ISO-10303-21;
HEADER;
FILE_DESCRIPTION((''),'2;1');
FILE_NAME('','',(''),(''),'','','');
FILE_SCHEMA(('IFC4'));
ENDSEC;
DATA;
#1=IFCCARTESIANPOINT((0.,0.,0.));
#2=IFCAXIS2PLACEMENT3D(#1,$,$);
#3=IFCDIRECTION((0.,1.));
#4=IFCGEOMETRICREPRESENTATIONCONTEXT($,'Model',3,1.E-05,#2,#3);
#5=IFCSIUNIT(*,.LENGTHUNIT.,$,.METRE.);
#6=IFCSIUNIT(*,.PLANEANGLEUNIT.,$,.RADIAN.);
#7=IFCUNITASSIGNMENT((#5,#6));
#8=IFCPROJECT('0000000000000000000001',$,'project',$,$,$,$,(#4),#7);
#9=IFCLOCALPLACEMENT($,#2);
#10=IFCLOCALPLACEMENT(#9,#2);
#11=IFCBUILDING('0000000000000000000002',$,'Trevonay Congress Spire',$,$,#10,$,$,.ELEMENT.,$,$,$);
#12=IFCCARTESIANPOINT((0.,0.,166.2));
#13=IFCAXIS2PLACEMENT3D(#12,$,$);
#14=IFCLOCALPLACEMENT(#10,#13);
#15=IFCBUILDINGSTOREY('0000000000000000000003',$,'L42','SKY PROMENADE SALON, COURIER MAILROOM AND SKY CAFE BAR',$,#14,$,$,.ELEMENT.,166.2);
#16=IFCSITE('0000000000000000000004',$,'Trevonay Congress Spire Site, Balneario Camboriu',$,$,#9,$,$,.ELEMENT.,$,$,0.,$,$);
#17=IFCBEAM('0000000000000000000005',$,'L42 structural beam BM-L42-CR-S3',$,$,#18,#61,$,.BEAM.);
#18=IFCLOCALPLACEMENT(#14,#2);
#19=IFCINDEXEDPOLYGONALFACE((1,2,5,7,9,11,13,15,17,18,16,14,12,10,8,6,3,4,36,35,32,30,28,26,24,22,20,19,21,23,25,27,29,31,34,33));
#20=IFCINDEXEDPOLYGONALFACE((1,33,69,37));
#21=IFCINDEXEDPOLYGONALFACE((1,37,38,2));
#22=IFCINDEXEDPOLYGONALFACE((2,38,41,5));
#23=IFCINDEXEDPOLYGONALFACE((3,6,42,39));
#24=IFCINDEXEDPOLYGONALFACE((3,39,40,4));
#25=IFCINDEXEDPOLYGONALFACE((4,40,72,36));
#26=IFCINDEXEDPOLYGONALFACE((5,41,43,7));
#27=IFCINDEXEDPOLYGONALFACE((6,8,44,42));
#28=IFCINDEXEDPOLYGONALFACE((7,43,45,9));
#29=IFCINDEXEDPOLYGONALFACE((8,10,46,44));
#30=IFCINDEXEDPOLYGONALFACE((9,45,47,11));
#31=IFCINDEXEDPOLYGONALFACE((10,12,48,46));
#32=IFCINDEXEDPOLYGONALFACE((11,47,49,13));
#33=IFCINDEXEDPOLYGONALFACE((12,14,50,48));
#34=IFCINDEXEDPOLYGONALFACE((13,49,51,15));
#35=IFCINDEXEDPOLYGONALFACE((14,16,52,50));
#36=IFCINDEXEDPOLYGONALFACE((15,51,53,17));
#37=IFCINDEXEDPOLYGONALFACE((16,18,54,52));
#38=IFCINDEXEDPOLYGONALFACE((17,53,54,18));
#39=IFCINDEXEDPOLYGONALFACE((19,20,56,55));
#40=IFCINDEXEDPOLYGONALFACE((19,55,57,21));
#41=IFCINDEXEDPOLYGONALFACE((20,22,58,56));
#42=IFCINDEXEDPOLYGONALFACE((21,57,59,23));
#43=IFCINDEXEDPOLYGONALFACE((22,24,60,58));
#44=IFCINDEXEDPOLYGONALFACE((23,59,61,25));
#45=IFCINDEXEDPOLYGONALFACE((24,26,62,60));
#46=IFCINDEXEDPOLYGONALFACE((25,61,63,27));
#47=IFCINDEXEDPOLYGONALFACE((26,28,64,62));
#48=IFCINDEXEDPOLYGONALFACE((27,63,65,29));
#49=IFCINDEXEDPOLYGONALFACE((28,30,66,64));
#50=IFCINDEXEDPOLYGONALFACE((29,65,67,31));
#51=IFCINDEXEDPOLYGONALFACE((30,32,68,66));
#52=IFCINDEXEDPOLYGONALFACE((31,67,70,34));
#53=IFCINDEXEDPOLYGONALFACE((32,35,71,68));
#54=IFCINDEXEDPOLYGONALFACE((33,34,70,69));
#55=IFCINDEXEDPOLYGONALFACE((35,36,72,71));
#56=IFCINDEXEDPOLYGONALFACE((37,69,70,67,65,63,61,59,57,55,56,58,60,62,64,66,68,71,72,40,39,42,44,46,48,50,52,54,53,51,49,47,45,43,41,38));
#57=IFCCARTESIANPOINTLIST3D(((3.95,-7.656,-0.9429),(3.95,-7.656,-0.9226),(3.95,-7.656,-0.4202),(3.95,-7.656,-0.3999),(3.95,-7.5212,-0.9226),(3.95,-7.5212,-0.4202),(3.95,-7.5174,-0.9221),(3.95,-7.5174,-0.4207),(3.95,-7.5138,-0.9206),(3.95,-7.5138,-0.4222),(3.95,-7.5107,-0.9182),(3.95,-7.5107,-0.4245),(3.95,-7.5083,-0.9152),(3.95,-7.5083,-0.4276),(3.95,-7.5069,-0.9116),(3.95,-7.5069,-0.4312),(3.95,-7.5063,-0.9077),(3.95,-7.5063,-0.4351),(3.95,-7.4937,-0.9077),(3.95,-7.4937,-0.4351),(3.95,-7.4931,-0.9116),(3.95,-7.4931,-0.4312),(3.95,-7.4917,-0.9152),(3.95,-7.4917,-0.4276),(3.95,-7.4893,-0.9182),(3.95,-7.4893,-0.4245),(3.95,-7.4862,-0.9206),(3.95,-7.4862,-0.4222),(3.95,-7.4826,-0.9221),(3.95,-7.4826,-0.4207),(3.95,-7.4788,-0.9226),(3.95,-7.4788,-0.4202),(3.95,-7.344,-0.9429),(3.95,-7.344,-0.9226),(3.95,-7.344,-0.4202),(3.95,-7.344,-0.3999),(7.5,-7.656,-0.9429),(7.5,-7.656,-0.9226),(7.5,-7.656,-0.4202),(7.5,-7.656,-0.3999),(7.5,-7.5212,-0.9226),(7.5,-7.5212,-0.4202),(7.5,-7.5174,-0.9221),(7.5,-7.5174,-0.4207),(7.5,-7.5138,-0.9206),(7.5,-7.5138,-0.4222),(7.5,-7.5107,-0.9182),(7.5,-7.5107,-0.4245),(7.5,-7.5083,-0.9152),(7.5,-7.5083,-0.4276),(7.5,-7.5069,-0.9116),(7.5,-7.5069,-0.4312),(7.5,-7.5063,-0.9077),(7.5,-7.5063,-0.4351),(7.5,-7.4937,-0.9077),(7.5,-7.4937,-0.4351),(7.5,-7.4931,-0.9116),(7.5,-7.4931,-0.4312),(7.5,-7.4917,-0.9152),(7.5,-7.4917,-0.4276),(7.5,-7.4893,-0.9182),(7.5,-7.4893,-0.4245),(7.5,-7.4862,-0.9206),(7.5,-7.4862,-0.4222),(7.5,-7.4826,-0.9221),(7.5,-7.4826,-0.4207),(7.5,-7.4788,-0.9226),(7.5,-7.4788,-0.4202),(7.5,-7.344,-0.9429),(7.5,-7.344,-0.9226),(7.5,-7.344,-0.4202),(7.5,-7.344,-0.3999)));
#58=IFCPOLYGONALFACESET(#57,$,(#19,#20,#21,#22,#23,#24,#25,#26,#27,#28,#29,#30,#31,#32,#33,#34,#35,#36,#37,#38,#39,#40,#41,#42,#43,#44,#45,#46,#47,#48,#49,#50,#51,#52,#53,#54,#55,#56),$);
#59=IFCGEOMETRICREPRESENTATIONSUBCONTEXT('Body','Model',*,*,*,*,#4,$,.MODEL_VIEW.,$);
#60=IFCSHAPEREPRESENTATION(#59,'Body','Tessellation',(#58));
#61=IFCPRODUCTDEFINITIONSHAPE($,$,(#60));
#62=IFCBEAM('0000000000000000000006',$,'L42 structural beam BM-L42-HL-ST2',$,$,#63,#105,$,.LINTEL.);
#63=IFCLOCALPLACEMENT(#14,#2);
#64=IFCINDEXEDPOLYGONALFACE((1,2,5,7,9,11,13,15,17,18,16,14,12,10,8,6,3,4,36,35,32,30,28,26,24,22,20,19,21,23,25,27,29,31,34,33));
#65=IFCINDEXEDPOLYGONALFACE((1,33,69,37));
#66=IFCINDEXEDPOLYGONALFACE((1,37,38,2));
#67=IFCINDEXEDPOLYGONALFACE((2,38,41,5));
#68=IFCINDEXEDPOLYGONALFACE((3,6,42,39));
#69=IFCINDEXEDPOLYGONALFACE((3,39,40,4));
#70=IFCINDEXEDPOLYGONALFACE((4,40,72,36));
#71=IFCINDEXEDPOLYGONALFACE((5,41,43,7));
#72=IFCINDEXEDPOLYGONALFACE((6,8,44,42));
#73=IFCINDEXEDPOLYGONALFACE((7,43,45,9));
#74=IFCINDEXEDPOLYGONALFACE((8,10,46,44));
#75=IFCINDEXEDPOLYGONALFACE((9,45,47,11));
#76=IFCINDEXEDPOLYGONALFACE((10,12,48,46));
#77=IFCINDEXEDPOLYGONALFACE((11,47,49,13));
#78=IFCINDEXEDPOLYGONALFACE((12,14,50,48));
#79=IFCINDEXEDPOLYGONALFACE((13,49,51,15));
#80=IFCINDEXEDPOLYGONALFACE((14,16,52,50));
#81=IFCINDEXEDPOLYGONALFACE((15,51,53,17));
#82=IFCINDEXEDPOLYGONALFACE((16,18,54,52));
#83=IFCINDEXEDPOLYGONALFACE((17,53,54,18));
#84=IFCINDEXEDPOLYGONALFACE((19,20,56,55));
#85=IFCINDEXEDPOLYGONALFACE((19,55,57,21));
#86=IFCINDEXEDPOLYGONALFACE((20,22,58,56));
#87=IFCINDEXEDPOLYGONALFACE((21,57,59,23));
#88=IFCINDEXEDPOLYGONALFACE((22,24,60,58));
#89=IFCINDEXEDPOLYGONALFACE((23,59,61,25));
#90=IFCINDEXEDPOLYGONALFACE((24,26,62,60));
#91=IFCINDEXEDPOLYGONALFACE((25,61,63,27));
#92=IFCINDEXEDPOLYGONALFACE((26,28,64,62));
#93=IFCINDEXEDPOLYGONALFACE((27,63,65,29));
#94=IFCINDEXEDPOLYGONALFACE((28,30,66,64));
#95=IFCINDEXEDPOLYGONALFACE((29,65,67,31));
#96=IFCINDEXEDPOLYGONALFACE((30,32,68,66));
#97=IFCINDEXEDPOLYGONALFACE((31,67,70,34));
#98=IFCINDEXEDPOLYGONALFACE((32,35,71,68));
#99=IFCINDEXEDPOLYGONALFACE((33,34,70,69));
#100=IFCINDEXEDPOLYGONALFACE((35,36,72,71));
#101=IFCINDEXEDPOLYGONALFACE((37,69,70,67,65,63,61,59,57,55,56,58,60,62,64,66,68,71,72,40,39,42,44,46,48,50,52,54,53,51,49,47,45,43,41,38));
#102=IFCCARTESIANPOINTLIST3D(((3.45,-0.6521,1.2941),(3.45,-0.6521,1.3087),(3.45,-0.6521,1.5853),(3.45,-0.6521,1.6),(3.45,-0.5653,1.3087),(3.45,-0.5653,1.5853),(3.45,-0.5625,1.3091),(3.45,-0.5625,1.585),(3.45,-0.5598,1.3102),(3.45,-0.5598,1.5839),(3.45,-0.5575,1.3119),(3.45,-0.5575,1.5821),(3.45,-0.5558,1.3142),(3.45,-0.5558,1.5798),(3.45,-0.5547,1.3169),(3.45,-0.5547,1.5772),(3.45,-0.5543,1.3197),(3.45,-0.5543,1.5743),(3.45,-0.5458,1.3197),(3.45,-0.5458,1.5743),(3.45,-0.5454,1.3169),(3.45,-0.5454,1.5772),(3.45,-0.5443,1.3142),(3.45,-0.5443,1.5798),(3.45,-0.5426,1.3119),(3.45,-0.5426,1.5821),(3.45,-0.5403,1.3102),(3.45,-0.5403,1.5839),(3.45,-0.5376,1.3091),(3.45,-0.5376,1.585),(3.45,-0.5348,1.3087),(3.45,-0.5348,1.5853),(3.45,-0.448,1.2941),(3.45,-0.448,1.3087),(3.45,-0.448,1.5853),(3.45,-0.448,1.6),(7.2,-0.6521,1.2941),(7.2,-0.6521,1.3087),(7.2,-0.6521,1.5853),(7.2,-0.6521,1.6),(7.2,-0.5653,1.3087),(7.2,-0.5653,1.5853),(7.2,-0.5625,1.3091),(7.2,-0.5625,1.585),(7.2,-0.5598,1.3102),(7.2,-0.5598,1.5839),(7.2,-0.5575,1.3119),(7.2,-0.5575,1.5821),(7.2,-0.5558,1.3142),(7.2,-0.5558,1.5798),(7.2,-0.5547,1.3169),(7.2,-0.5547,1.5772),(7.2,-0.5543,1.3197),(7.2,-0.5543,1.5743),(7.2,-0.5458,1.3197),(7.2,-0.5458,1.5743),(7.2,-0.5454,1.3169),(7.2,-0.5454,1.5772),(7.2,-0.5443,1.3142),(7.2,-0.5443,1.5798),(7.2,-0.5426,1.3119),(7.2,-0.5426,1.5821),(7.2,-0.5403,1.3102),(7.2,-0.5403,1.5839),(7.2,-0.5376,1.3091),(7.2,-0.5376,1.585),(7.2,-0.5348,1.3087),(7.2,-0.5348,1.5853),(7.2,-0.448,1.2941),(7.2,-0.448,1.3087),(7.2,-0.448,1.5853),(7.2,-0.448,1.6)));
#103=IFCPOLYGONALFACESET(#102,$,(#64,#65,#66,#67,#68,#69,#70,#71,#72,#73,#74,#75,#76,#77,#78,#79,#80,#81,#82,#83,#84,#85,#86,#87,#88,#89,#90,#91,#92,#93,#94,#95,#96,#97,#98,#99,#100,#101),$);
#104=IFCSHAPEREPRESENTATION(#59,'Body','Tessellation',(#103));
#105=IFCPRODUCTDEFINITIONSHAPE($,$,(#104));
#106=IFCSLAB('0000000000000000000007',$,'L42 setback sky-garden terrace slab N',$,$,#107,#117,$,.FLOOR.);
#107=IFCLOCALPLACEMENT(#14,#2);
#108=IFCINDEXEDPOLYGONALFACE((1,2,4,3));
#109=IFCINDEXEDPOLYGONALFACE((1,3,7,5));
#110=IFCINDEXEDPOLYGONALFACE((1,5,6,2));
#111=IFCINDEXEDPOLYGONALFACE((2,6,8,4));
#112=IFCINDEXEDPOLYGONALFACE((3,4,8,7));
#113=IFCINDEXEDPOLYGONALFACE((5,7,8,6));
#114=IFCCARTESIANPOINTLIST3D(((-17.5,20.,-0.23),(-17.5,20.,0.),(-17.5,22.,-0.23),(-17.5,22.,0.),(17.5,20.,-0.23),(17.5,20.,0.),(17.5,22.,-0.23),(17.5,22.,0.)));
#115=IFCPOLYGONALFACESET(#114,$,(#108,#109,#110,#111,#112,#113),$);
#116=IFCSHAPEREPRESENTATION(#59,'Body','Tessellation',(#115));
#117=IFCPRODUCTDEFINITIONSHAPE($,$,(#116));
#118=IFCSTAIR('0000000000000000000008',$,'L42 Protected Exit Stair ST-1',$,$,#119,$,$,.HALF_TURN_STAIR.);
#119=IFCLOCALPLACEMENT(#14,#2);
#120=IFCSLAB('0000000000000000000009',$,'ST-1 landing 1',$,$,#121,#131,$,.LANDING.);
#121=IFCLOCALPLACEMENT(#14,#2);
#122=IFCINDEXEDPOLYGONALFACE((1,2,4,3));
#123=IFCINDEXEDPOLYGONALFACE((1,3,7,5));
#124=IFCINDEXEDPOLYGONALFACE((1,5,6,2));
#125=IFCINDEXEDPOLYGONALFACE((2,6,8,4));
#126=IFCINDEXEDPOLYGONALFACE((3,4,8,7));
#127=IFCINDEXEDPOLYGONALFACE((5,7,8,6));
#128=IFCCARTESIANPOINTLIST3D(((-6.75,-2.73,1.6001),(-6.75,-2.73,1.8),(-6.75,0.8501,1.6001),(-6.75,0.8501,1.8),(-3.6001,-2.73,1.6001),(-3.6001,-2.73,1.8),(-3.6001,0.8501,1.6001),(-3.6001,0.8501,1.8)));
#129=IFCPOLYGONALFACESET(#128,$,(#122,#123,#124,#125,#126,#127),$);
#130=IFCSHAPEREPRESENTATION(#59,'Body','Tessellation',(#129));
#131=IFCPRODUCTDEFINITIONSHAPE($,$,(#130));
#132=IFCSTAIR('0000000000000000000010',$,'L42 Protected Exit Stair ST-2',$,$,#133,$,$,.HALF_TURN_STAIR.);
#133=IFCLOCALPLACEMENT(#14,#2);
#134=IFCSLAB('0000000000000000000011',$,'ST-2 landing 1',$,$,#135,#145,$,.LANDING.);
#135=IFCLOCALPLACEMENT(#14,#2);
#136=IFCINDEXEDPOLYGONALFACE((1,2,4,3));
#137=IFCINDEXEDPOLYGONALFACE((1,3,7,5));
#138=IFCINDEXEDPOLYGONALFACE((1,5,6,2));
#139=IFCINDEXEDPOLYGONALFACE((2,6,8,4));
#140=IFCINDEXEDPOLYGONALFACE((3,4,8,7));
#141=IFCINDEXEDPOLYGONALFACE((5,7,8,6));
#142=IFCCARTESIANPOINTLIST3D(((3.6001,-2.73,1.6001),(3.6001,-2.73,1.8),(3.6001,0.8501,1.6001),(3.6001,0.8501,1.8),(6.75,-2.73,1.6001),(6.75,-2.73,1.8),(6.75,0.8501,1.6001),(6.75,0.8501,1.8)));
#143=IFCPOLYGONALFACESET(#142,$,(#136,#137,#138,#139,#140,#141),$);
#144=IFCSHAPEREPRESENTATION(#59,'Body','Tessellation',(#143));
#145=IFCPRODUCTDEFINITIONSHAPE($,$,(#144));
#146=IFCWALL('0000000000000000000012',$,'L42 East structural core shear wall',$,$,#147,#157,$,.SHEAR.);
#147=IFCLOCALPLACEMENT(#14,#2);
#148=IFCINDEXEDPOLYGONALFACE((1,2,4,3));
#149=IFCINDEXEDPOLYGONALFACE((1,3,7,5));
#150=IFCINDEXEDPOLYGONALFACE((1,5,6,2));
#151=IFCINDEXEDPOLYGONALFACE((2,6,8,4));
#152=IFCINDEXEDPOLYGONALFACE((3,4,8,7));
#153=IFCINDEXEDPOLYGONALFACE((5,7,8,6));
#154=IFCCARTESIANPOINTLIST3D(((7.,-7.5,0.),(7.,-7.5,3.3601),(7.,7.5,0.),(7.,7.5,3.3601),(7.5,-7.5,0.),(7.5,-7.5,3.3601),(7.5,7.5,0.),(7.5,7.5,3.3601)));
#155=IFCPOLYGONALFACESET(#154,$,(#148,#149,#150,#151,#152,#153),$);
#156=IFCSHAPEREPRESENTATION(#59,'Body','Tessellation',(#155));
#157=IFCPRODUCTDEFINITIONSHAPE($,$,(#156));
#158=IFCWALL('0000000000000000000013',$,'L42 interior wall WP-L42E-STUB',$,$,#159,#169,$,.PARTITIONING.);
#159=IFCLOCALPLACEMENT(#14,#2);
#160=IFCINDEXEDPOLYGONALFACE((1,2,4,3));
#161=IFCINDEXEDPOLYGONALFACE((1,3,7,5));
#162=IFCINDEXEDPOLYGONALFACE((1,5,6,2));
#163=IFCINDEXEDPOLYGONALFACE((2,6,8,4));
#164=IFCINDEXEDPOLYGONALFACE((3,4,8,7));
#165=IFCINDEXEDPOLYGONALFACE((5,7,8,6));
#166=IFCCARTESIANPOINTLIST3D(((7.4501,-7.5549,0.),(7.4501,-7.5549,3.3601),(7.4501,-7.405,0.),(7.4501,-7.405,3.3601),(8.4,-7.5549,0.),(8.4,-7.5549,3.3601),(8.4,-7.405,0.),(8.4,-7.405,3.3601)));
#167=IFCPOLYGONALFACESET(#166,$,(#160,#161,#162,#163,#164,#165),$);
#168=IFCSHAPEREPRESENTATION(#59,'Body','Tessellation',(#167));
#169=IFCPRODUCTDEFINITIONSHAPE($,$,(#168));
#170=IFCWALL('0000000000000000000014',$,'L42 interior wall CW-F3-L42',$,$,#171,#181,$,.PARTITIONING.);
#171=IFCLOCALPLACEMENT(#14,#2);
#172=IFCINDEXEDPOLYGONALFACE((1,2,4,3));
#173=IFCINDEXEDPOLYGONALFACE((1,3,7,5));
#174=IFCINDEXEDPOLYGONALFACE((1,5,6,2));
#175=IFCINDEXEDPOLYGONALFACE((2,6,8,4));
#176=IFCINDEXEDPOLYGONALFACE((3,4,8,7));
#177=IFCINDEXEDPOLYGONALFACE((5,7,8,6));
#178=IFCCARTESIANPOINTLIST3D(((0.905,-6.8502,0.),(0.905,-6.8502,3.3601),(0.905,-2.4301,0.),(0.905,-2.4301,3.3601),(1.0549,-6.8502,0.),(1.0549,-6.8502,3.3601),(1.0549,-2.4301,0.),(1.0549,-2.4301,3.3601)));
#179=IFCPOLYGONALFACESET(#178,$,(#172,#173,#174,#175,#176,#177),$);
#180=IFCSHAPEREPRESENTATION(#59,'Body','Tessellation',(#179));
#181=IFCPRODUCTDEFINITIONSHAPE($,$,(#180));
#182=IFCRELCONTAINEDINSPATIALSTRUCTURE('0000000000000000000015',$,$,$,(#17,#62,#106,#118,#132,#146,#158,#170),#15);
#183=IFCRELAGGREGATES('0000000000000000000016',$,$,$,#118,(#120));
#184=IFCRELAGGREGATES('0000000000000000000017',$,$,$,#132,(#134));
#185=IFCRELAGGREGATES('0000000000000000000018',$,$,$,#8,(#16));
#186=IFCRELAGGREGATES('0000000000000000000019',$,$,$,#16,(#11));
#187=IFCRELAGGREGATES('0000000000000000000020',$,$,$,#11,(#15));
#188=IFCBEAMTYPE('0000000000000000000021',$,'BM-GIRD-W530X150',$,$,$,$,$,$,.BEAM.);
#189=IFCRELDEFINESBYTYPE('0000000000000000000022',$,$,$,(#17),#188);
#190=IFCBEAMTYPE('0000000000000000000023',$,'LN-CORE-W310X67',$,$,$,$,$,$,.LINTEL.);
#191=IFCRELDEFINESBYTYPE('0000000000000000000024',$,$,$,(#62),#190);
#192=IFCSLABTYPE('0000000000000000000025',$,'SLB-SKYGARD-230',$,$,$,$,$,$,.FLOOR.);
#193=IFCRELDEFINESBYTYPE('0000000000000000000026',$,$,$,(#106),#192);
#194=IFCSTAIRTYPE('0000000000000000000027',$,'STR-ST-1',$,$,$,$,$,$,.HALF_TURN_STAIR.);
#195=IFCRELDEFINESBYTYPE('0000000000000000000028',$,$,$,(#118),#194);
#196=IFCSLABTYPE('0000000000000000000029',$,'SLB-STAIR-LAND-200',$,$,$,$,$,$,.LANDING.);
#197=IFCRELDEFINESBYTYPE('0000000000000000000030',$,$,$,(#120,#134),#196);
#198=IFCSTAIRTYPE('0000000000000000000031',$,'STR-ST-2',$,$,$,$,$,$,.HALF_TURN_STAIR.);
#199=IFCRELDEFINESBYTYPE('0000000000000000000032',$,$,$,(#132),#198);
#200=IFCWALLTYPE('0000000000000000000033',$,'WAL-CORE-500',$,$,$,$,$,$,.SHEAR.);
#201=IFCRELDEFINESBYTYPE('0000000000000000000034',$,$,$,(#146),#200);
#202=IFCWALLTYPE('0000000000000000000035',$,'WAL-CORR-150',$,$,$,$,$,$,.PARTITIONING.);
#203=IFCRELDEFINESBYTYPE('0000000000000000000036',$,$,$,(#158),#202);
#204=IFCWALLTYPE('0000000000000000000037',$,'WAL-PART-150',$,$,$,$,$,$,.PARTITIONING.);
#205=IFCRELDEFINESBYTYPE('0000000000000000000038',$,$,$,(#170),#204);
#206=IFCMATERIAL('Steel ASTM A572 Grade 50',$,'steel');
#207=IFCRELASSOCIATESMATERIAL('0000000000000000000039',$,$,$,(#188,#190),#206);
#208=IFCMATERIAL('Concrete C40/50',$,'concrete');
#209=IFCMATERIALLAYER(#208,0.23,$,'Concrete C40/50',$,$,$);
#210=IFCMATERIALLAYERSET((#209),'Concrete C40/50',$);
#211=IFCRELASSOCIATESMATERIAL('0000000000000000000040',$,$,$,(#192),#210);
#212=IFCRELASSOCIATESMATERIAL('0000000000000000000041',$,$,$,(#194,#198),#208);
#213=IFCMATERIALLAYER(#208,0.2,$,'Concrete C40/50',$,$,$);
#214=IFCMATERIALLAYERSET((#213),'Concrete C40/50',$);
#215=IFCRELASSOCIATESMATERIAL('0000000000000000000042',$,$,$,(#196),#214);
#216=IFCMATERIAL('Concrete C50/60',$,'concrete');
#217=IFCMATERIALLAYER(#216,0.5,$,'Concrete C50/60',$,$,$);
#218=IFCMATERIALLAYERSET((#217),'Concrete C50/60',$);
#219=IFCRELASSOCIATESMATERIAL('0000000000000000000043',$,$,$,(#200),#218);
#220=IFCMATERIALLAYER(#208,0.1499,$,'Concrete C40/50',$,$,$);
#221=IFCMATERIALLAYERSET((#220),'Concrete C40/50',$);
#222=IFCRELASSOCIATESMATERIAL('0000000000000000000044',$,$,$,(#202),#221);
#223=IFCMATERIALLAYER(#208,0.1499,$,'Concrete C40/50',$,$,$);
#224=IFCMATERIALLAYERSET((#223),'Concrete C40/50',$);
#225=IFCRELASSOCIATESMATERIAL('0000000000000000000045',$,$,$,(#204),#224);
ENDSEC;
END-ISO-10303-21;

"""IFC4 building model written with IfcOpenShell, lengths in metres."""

from ifc_helpers import new_model, si_unit, direction, frame, frame_2d, origin, origin_2d, place, context, subcontext, project, spatial, polyline, rectangle, i_section, outline, extrude, material, layer, layer_set, material_profile, profile_set, type_object, element, aggregate, save


model = new_model("IFC4")

# Units and contexts
model_context = context("Model", 3, precision=1e-05, world=origin(), true_north=direction((0.0, 1.0)))
body_context = subcontext(model_context, "Body", "Model", "MODEL_VIEW")
ifc_project = project(units=[si_unit("LENGTHUNIT", "METRE"), si_unit("PLANEANGLEUNIT", "RADIAN")], contexts=[model_context])

# Site, building, storey
site_placement = place(None, origin())
site = spatial("IfcSite", under=ifc_project, at=site_placement, Name="Trevonay Congress Spire Site, Balneario Camboriu", CompositionType="ELEMENT", RefElevation=0.0)
building_placement = place(site_placement, origin())
building = spatial("IfcBuilding", under=site, at=building_placement, Name="Trevonay Congress Spire", CompositionType="ELEMENT")
storey_placement = place(building_placement, frame((0.0, 0.0, 166.2)))
storey = spatial("IfcBuildingStorey", under=building, at=storey_placement, Name="L42", Description="SKY PROMENADE SALON, COURIER MAILROOM AND SKY CAFE BAR", CompositionType="ELEMENT", Elevation=166.2)

# Beams
ifc_material_1 = material(Name="Steel ASTM A572 Grade 50", Category="steel")
ifc_material_profile_1 = material_profile(ifc_material_1, i_section(OverallWidth=0.312, OverallDepth=0.543, WebThickness=0.0127, FlangeThickness=0.0203, FilletRadius=0.0149, at=origin_2d()), Name="W530x150")
ifc_profile_set_1 = profile_set([ifc_material_profile_1], Name="Steel ASTM A572 Grade 50")
beam_type_1 = type_object("IfcBeamType", Name="BM-GIRD-W530X150", PredefinedType="BEAM", material=ifc_profile_set_1)
beam_1_placement = place(storey_placement, frame((3.95, -7.5, -0.6714), z_axis=(1.0, 0.0, 0.0), x_axis=(0.0, 1.0, 0.0)))
element("IfcBeam", 1, at=beam_1_placement, inside=storey, type_object=beam_type_1, Name="L42 structural beam BM-L42-CR-S3", PredefinedType="BEAM", context=body_context, shape_type="SweptSolid", body=[
    extrude(i_section(OverallWidth=0.312, OverallDepth=0.543, WebThickness=0.0127, FlangeThickness=0.0203, FilletRadius=0.0149, at=origin_2d()), origin(), (0.0, 0.0, 1.0), 3.55),
])
ifc_material_profile_2 = material_profile(ifc_material_1, i_section(OverallWidth=0.2041, OverallDepth=0.3059, WebThickness=0.0085, FlangeThickness=0.0146, FilletRadius=0.011, at=origin_2d()), Name="W310x67")
ifc_profile_set_2 = profile_set([ifc_material_profile_2], Name="Steel ASTM A572 Grade 50")
beam_type_2 = type_object("IfcBeamType", Name="LN-CORE-W310X67", PredefinedType="LINTEL", material=ifc_profile_set_2)
beam_2_placement = place(storey_placement, frame((3.45, -0.55, 1.447), z_axis=(1.0, 0.0, 0.0), x_axis=(0.0, 1.0, 0.0)))
element("IfcBeam", 2, at=beam_2_placement, inside=storey, type_object=beam_type_2, Name="L42 structural beam BM-L42-HL-ST2", PredefinedType="LINTEL", context=body_context, shape_type="SweptSolid", body=[
    extrude(i_section(OverallWidth=0.2041, OverallDepth=0.3059, WebThickness=0.0085, FlangeThickness=0.0146, FilletRadius=0.011, at=origin_2d()), origin(), (0.0, 0.0, 1.0), 3.75),
])

# Slab
ifc_material_2 = material(Name="Concrete C40/50", Category="concrete")
ifc_layer_1 = layer(ifc_material_2, 0.23, Name="Concrete C40/50")
ifc_layer_set_1 = layer_set([ifc_layer_1], Name="Concrete C40/50")
slab_type_1 = type_object("IfcSlabType", Name="SLB-SKYGARD-230", PredefinedType="FLOOR", material=ifc_layer_set_1)
slab_1_placement = place(storey_placement, frame((0.0, 0.0, -0.23)))
element("IfcSlab", 3, at=slab_1_placement, inside=storey, type_object=slab_type_1, Name="L42 setback sky-garden terrace slab N", PredefinedType="FLOOR", context=body_context, shape_type="SweptSolid", body=[
    extrude(outline(polyline([(-17.5, 20.0), (17.5, 20.0), (17.5, 22.0), (-17.5, 22.0), (-17.5, 20.0)])), origin(), (0.0, 0.0, 1.0), 0.23),
])

# Stairs, slabs
stair_type_1 = type_object("IfcStairType", Name="STR-ST-1", PredefinedType="HALF_TURN_STAIR", material=ifc_material_2)
stair_1_placement = place(storey_placement, origin())
stair_1 = element("IfcStair", 4, at=stair_1_placement, inside=storey, type_object=stair_type_1, Name="L42 Protected Exit Stair ST-1", PredefinedType="HALF_TURN_STAIR")
ifc_layer_2 = layer(ifc_material_2, 0.2, Name="Concrete C40/50")
ifc_layer_set_2 = layer_set([ifc_layer_2], Name="Concrete C40/50")
slab_type_2 = type_object("IfcSlabType", Name="SLB-STAIR-LAND-200", PredefinedType="LANDING", material=ifc_layer_set_2)
slab_2_placement = place(storey_placement, frame((0.0, 0.0, 1.6001)))
slab_2 = element("IfcSlab", 5, at=slab_2_placement, type_object=slab_type_2, Name="ST-1 landing 1", PredefinedType="LANDING", context=body_context, shape_type="SweptSolid", body=[
    extrude(outline(polyline([(-3.6001, -2.73), (-3.6001, 0.8501), (-6.75, 0.8501), (-6.75, -2.73), (-3.6001, -2.73)])), origin(), (0.0, 0.0, 1.0), 0.2),
])
aggregate(stair_1, [slab_2])
stair_type_2 = type_object("IfcStairType", Name="STR-ST-2", PredefinedType="HALF_TURN_STAIR", material=ifc_material_2)
stair_2_placement = place(storey_placement, origin())
stair_2 = element("IfcStair", 6, at=stair_2_placement, inside=storey, type_object=stair_type_2, Name="L42 Protected Exit Stair ST-2", PredefinedType="HALF_TURN_STAIR")
slab_3_placement = place(storey_placement, frame((0.0, 0.0, 1.6001)))
slab_3 = element("IfcSlab", 7, at=slab_3_placement, type_object=slab_type_2, Name="ST-2 landing 1", PredefinedType="LANDING", context=body_context, shape_type="SweptSolid", body=[
    extrude(outline(polyline([(6.75, -2.73), (6.75, 0.8501), (3.6001, 0.8501), (3.6001, -2.73), (6.75, -2.73)])), origin(), (0.0, 0.0, 1.0), 0.2),
])

# Walls
ifc_material_3 = material(Name="Concrete C50/60", Category="concrete")
ifc_layer_3 = layer(ifc_material_3, 0.5, Name="Concrete C50/60")
ifc_layer_set_3 = layer_set([ifc_layer_3], Name="Concrete C50/60")
wall_type_1 = type_object("IfcWallType", Name="WAL-CORE-500", PredefinedType="SHEAR", material=ifc_layer_set_3)
wall_1_placement = place(storey_placement, frame((7.25, -7.5, 0.0), z_axis=(0.0, 0.0, 1.0), x_axis=(0.0, 1.0, 0.0)))
element("IfcWall", 8, at=wall_1_placement, inside=storey, type_object=wall_type_1, Name="L42 East structural core shear wall", PredefinedType="SHEAR", context=body_context, shape_type="SweptSolid", body=[
    extrude(rectangle(XDim=15.0, YDim=0.5, at=frame_2d((7.5, 0.0))), origin(), (0.0, 0.0, 1.0), 3.3601),
])
ifc_layer_4 = layer(ifc_material_2, 0.1499, Name="Concrete C40/50")
ifc_layer_set_4 = layer_set([ifc_layer_4], Name="Concrete C40/50")
wall_type_2 = type_object("IfcWallType", Name="WAL-CORR-150", PredefinedType="PARTITIONING", material=ifc_layer_set_4)
wall_2_placement = place(storey_placement, frame((7.45, -7.48, 0.0), z_axis=(0.0, 0.0, 1.0), x_axis=(1.0, 0.0, 0.0)))
element("IfcWall", 9, at=wall_2_placement, inside=storey, type_object=wall_type_2, Name="L42 interior wall WP-L42E-STUB", PredefinedType="PARTITIONING", context=body_context, shape_type="SweptSolid", body=[
    extrude(rectangle(XDim=0.95, YDim=0.1499, at=frame_2d((0.4751, 0.0))), origin(), (0.0, 0.0, 1.0), 3.3601),
])
ifc_layer_5 = layer(ifc_material_2, 0.1499, Name="Concrete C40/50")
ifc_layer_set_5 = layer_set([ifc_layer_5], Name="Concrete C40/50")
wall_type_3 = type_object("IfcWallType", Name="WAL-PART-150", PredefinedType="PARTITIONING", material=ifc_layer_set_5)
wall_3_placement = place(storey_placement, frame((0.98, -6.8501, 0.0), z_axis=(0.0, 0.0, 1.0), x_axis=(0.0, 1.0, 0.0)))
element("IfcWall", 10, at=wall_3_placement, inside=storey, type_object=wall_type_3, Name="L42 interior wall CW-F3-L42", PredefinedType="PARTITIONING", context=body_context, shape_type="SweptSolid", body=[
    extrude(rectangle(XDim=4.4202, YDim=0.1499, at=frame_2d((2.21, 0.0))), origin(), (0.0, 0.0, 1.0), 3.3601),
])

aggregate(stair_2, [slab_3])

save(model, "model.ifc")
